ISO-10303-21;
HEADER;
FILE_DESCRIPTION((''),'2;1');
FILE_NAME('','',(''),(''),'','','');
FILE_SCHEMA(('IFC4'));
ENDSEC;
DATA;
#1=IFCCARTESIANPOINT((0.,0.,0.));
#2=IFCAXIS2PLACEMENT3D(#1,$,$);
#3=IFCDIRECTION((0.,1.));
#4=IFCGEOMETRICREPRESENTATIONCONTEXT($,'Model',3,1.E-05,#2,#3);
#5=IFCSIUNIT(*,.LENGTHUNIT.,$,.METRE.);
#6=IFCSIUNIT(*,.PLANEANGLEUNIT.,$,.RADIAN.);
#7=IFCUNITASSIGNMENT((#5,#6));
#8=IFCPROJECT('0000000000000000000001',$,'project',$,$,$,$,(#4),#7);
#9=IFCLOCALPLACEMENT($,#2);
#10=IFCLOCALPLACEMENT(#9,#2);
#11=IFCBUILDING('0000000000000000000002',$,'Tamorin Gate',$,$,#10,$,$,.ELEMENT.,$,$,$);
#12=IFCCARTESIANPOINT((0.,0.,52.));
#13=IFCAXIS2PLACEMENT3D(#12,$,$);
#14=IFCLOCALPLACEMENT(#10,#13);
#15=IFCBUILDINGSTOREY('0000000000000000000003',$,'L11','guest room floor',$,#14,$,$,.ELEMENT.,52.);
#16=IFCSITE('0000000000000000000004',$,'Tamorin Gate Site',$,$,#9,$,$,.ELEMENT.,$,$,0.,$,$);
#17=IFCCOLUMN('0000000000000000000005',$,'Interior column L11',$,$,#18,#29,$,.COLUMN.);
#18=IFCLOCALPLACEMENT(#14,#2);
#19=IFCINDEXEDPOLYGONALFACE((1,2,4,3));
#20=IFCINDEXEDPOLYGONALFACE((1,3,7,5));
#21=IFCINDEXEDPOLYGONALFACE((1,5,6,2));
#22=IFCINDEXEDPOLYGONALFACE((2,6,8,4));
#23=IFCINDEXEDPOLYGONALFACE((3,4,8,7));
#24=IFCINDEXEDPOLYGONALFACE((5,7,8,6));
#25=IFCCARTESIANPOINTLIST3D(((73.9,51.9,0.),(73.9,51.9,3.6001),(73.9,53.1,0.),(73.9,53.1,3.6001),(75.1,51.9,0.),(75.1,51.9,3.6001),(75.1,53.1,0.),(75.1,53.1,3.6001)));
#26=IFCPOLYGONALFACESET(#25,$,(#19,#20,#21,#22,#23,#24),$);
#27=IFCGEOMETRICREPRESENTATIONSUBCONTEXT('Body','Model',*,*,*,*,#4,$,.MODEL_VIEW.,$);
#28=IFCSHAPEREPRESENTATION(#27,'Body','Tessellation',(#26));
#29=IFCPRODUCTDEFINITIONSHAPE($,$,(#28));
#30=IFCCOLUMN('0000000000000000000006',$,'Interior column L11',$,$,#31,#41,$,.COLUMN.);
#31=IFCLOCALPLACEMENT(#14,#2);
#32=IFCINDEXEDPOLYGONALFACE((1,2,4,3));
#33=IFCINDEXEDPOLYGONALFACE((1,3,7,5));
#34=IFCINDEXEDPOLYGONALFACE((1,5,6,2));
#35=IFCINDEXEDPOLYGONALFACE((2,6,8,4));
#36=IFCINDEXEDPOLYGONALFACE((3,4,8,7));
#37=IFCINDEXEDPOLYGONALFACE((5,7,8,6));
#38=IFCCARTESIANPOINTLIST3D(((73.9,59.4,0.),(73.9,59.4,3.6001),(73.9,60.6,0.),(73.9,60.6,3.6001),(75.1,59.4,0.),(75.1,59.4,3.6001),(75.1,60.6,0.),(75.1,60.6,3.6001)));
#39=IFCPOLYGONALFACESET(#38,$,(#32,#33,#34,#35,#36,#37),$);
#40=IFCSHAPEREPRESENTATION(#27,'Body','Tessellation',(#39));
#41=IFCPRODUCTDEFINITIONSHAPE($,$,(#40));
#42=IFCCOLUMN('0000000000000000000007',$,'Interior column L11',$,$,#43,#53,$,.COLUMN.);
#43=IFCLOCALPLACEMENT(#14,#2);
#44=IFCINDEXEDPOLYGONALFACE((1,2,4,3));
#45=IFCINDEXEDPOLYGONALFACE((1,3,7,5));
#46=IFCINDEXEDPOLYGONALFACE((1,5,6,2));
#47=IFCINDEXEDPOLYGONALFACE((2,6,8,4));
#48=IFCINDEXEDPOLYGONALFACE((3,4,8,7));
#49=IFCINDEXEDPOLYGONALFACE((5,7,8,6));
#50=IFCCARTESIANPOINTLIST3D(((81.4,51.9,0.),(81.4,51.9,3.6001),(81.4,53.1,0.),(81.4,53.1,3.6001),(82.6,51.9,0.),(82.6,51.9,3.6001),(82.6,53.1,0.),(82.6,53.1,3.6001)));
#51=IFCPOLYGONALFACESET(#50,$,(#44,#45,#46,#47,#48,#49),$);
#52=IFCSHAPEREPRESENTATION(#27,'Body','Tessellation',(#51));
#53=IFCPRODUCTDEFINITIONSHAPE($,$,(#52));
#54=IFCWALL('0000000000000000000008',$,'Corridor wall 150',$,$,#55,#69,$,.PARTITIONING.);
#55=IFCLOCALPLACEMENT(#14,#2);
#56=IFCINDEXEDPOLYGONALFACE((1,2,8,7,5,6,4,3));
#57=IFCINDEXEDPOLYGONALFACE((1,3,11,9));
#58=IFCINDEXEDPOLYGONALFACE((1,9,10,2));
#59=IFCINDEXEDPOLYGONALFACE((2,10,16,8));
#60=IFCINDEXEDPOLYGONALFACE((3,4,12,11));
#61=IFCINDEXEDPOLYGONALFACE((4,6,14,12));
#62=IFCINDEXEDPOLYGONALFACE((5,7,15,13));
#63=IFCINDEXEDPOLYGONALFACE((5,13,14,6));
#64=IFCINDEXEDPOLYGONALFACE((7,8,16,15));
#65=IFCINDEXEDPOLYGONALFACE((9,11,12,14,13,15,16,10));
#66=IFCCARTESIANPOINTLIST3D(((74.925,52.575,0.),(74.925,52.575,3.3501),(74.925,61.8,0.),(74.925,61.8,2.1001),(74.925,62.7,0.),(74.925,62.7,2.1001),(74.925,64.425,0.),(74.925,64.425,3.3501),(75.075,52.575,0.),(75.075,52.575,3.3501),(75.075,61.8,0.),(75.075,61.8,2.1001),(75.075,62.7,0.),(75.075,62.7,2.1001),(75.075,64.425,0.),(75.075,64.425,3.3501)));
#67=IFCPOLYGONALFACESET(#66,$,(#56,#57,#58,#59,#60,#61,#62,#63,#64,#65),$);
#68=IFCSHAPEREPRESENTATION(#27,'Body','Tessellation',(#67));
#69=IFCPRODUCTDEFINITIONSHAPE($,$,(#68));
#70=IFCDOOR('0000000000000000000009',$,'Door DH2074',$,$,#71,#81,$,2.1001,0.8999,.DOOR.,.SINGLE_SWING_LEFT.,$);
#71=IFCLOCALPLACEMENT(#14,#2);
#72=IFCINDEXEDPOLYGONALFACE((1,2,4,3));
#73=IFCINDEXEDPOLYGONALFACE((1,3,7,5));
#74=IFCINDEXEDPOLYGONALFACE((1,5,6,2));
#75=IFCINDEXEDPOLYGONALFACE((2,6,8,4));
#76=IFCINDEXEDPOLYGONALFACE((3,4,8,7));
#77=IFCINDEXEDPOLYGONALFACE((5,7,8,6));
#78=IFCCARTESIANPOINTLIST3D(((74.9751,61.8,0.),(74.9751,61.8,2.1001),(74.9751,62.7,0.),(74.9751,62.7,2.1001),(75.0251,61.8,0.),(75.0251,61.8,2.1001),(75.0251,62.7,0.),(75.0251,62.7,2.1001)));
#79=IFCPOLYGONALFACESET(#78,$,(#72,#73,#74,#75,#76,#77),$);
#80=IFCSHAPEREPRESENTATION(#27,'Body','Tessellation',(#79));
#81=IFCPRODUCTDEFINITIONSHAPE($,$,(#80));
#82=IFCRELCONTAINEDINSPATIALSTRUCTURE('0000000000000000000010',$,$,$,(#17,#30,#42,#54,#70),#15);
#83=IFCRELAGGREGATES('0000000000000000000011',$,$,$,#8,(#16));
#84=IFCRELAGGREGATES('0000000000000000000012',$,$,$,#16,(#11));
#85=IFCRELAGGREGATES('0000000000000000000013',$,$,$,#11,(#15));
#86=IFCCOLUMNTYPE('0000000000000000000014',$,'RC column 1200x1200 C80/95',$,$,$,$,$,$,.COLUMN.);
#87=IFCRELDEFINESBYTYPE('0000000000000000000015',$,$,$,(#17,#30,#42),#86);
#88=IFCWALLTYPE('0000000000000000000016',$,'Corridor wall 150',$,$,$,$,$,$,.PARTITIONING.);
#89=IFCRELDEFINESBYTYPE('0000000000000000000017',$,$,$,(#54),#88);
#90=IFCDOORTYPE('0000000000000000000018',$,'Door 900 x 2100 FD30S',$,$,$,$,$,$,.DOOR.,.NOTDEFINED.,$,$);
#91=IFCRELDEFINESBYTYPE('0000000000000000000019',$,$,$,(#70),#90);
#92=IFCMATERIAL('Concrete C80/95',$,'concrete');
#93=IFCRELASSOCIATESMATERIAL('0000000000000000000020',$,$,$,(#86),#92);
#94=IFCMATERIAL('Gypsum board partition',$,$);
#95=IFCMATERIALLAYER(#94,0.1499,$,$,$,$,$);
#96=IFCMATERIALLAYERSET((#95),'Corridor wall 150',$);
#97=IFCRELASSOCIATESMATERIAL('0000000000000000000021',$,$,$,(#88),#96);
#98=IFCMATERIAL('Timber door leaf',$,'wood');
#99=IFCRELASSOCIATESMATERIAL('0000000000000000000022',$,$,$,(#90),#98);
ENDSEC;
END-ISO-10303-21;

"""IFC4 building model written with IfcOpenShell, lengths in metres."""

from ifc_helpers import new_model, si_unit, direction, frame, frame_2d, origin, origin_2d, place, context, subcontext, project, spatial, rectangle, extrude, material, layer, layer_set, material_profile, profile_set, type_object, element, fill, save


model = new_model("IFC4")

# Units and contexts
model_context = context("Model", 3, precision=1e-05, world=origin(), true_north=direction((0.0, 1.0)))
body_context = subcontext(model_context, "Body", "Model", "MODEL_VIEW")
ifc_project = project(units=[si_unit("LENGTHUNIT", "METRE"), si_unit("PLANEANGLEUNIT", "RADIAN")], contexts=[model_context])

# Site, building, storey
site_placement = place(None, origin())
site = spatial("IfcSite", under=ifc_project, at=site_placement, Name="Tamorin Gate Site", CompositionType="ELEMENT", RefElevation=0.0)
building_placement = place(site_placement, origin())
building = spatial("IfcBuilding", under=site, at=building_placement, Name="Tamorin Gate", CompositionType="ELEMENT")
storey_placement = place(building_placement, frame((0.0, 0.0, 52.0)))
storey = spatial("IfcBuildingStorey", under=building, at=storey_placement, Name="L11", Description="guest room floor", CompositionType="ELEMENT", Elevation=52.0)

# Columns
ifc_material_1 = material(Name="Concrete C80/95", Category="concrete")
ifc_material_profile = material_profile(ifc_material_1, rectangle(XDim=1.2, YDim=1.2, at=origin_2d()), Name="RC 1200x1200")
ifc_profile_set = profile_set([ifc_material_profile], Name="Concrete C80/95")
column_type = type_object("IfcColumnType", Name="RC column 1200x1200 C80/95", PredefinedType="COLUMN", material=ifc_profile_set)
for number, where, z_axis, x_axis, name in (
    (1, (74.5, 52.5, 0.0), (0.0, 0.0, 1.0), (1.0, 0.0, 0.0), "Interior column L11"),
    (2, (74.5, 60.0, 0.0), (0.0, 0.0, 1.0), (1.0, 0.0, 0.0), "Interior column L11"),
    (3, (82.0, 52.5, 0.0), (0.0, 0.0, 1.0), (1.0, 0.0, 0.0), "Interior column L11"),
):
    element("IfcColumn", number, at=place(storey_placement, frame(where, z_axis=z_axis, x_axis=x_axis)), inside=storey, type_object=column_type, Name=name, PredefinedType="COLUMN", context=body_context, shape_type="SweptSolid", body=[
        extrude(rectangle(XDim=1.2, YDim=1.2, at=origin_2d()), origin(), (0.0, 0.0, 1.0), 3.6001),
    ])

# Wall, opening, door
ifc_material_2 = material(Name="Gypsum board partition")
ifc_layer_1 = layer(ifc_material_2, 0.1499)
ifc_layer_set_1 = layer_set([ifc_layer_1], Name="Corridor wall 150")
wall_type_1 = type_object("IfcWallType", Name="Corridor wall 150", PredefinedType="PARTITIONING", material=ifc_layer_set_1)
wall_1_placement = place(storey_placement, frame((75.0, 52.575, 0.0), z_axis=(0.0, 0.0, 1.0), x_axis=(0.0, 1.0, 0.0)))
wall_1 = element("IfcWall", 4, at=wall_1_placement, inside=storey, type_object=wall_type_1, Name="Corridor wall 150", PredefinedType="PARTITIONING", context=body_context, shape_type="SweptSolid", body=[
    extrude(rectangle(XDim=11.8501, YDim=0.1499, at=frame_2d((5.925, 0.0))), origin(), (0.0, 0.0, 1.0), 3.3501),
])
opening_1_placement = place(wall_1_placement, frame((9.2251, 0.0, 0.0)))
opening_1 = element("IfcOpeningElement", 5, at=opening_1_placement, cuts=wall_1, PredefinedType="OPENING", context=body_context, shape_type="SweptSolid", body=[
    extrude(rectangle(XDim=0.8999, YDim=2.1001, at=frame_2d((0.45, 1.05))), frame((0.0, 0.085, 0.0), z_axis=(0.0, -1.0, 0.0), x_axis=(1.0, 0.0, 0.0)), (0.0, 0.0, 1.0), 0.1699),
])
ifc_material_3 = material(Name="Timber door leaf", Category="wood")
door_type_1 = type_object("IfcDoorType", Name="Door 900 x 2100 FD30S", OperationType="NOTDEFINED", PredefinedType="DOOR", material=ifc_material_3)
door_1_placement = place(opening_1_placement, origin())
door_1 = element("IfcDoor", 6, at=door_1_placement, inside=storey, type_object=door_type_1, Name="Door DH2074", OperationType="SINGLE_SWING_LEFT", OverallHeight=2.1001, OverallWidth=0.8999, PredefinedType="DOOR", context=body_context, shape_type="SweptSolid", body=[
    extrude(rectangle(XDim=0.8999, YDim=2.1001, at=frame_2d((0.45, 1.05))), frame((0.0, 0.0249, 0.0), z_axis=(0.0, -1.0, 0.0), x_axis=(1.0, 0.0, 0.0)), (0.0, 0.0, 1.0), 0.05),
])
fill(opening_1, door_1)

save(model, "model.ifc")
